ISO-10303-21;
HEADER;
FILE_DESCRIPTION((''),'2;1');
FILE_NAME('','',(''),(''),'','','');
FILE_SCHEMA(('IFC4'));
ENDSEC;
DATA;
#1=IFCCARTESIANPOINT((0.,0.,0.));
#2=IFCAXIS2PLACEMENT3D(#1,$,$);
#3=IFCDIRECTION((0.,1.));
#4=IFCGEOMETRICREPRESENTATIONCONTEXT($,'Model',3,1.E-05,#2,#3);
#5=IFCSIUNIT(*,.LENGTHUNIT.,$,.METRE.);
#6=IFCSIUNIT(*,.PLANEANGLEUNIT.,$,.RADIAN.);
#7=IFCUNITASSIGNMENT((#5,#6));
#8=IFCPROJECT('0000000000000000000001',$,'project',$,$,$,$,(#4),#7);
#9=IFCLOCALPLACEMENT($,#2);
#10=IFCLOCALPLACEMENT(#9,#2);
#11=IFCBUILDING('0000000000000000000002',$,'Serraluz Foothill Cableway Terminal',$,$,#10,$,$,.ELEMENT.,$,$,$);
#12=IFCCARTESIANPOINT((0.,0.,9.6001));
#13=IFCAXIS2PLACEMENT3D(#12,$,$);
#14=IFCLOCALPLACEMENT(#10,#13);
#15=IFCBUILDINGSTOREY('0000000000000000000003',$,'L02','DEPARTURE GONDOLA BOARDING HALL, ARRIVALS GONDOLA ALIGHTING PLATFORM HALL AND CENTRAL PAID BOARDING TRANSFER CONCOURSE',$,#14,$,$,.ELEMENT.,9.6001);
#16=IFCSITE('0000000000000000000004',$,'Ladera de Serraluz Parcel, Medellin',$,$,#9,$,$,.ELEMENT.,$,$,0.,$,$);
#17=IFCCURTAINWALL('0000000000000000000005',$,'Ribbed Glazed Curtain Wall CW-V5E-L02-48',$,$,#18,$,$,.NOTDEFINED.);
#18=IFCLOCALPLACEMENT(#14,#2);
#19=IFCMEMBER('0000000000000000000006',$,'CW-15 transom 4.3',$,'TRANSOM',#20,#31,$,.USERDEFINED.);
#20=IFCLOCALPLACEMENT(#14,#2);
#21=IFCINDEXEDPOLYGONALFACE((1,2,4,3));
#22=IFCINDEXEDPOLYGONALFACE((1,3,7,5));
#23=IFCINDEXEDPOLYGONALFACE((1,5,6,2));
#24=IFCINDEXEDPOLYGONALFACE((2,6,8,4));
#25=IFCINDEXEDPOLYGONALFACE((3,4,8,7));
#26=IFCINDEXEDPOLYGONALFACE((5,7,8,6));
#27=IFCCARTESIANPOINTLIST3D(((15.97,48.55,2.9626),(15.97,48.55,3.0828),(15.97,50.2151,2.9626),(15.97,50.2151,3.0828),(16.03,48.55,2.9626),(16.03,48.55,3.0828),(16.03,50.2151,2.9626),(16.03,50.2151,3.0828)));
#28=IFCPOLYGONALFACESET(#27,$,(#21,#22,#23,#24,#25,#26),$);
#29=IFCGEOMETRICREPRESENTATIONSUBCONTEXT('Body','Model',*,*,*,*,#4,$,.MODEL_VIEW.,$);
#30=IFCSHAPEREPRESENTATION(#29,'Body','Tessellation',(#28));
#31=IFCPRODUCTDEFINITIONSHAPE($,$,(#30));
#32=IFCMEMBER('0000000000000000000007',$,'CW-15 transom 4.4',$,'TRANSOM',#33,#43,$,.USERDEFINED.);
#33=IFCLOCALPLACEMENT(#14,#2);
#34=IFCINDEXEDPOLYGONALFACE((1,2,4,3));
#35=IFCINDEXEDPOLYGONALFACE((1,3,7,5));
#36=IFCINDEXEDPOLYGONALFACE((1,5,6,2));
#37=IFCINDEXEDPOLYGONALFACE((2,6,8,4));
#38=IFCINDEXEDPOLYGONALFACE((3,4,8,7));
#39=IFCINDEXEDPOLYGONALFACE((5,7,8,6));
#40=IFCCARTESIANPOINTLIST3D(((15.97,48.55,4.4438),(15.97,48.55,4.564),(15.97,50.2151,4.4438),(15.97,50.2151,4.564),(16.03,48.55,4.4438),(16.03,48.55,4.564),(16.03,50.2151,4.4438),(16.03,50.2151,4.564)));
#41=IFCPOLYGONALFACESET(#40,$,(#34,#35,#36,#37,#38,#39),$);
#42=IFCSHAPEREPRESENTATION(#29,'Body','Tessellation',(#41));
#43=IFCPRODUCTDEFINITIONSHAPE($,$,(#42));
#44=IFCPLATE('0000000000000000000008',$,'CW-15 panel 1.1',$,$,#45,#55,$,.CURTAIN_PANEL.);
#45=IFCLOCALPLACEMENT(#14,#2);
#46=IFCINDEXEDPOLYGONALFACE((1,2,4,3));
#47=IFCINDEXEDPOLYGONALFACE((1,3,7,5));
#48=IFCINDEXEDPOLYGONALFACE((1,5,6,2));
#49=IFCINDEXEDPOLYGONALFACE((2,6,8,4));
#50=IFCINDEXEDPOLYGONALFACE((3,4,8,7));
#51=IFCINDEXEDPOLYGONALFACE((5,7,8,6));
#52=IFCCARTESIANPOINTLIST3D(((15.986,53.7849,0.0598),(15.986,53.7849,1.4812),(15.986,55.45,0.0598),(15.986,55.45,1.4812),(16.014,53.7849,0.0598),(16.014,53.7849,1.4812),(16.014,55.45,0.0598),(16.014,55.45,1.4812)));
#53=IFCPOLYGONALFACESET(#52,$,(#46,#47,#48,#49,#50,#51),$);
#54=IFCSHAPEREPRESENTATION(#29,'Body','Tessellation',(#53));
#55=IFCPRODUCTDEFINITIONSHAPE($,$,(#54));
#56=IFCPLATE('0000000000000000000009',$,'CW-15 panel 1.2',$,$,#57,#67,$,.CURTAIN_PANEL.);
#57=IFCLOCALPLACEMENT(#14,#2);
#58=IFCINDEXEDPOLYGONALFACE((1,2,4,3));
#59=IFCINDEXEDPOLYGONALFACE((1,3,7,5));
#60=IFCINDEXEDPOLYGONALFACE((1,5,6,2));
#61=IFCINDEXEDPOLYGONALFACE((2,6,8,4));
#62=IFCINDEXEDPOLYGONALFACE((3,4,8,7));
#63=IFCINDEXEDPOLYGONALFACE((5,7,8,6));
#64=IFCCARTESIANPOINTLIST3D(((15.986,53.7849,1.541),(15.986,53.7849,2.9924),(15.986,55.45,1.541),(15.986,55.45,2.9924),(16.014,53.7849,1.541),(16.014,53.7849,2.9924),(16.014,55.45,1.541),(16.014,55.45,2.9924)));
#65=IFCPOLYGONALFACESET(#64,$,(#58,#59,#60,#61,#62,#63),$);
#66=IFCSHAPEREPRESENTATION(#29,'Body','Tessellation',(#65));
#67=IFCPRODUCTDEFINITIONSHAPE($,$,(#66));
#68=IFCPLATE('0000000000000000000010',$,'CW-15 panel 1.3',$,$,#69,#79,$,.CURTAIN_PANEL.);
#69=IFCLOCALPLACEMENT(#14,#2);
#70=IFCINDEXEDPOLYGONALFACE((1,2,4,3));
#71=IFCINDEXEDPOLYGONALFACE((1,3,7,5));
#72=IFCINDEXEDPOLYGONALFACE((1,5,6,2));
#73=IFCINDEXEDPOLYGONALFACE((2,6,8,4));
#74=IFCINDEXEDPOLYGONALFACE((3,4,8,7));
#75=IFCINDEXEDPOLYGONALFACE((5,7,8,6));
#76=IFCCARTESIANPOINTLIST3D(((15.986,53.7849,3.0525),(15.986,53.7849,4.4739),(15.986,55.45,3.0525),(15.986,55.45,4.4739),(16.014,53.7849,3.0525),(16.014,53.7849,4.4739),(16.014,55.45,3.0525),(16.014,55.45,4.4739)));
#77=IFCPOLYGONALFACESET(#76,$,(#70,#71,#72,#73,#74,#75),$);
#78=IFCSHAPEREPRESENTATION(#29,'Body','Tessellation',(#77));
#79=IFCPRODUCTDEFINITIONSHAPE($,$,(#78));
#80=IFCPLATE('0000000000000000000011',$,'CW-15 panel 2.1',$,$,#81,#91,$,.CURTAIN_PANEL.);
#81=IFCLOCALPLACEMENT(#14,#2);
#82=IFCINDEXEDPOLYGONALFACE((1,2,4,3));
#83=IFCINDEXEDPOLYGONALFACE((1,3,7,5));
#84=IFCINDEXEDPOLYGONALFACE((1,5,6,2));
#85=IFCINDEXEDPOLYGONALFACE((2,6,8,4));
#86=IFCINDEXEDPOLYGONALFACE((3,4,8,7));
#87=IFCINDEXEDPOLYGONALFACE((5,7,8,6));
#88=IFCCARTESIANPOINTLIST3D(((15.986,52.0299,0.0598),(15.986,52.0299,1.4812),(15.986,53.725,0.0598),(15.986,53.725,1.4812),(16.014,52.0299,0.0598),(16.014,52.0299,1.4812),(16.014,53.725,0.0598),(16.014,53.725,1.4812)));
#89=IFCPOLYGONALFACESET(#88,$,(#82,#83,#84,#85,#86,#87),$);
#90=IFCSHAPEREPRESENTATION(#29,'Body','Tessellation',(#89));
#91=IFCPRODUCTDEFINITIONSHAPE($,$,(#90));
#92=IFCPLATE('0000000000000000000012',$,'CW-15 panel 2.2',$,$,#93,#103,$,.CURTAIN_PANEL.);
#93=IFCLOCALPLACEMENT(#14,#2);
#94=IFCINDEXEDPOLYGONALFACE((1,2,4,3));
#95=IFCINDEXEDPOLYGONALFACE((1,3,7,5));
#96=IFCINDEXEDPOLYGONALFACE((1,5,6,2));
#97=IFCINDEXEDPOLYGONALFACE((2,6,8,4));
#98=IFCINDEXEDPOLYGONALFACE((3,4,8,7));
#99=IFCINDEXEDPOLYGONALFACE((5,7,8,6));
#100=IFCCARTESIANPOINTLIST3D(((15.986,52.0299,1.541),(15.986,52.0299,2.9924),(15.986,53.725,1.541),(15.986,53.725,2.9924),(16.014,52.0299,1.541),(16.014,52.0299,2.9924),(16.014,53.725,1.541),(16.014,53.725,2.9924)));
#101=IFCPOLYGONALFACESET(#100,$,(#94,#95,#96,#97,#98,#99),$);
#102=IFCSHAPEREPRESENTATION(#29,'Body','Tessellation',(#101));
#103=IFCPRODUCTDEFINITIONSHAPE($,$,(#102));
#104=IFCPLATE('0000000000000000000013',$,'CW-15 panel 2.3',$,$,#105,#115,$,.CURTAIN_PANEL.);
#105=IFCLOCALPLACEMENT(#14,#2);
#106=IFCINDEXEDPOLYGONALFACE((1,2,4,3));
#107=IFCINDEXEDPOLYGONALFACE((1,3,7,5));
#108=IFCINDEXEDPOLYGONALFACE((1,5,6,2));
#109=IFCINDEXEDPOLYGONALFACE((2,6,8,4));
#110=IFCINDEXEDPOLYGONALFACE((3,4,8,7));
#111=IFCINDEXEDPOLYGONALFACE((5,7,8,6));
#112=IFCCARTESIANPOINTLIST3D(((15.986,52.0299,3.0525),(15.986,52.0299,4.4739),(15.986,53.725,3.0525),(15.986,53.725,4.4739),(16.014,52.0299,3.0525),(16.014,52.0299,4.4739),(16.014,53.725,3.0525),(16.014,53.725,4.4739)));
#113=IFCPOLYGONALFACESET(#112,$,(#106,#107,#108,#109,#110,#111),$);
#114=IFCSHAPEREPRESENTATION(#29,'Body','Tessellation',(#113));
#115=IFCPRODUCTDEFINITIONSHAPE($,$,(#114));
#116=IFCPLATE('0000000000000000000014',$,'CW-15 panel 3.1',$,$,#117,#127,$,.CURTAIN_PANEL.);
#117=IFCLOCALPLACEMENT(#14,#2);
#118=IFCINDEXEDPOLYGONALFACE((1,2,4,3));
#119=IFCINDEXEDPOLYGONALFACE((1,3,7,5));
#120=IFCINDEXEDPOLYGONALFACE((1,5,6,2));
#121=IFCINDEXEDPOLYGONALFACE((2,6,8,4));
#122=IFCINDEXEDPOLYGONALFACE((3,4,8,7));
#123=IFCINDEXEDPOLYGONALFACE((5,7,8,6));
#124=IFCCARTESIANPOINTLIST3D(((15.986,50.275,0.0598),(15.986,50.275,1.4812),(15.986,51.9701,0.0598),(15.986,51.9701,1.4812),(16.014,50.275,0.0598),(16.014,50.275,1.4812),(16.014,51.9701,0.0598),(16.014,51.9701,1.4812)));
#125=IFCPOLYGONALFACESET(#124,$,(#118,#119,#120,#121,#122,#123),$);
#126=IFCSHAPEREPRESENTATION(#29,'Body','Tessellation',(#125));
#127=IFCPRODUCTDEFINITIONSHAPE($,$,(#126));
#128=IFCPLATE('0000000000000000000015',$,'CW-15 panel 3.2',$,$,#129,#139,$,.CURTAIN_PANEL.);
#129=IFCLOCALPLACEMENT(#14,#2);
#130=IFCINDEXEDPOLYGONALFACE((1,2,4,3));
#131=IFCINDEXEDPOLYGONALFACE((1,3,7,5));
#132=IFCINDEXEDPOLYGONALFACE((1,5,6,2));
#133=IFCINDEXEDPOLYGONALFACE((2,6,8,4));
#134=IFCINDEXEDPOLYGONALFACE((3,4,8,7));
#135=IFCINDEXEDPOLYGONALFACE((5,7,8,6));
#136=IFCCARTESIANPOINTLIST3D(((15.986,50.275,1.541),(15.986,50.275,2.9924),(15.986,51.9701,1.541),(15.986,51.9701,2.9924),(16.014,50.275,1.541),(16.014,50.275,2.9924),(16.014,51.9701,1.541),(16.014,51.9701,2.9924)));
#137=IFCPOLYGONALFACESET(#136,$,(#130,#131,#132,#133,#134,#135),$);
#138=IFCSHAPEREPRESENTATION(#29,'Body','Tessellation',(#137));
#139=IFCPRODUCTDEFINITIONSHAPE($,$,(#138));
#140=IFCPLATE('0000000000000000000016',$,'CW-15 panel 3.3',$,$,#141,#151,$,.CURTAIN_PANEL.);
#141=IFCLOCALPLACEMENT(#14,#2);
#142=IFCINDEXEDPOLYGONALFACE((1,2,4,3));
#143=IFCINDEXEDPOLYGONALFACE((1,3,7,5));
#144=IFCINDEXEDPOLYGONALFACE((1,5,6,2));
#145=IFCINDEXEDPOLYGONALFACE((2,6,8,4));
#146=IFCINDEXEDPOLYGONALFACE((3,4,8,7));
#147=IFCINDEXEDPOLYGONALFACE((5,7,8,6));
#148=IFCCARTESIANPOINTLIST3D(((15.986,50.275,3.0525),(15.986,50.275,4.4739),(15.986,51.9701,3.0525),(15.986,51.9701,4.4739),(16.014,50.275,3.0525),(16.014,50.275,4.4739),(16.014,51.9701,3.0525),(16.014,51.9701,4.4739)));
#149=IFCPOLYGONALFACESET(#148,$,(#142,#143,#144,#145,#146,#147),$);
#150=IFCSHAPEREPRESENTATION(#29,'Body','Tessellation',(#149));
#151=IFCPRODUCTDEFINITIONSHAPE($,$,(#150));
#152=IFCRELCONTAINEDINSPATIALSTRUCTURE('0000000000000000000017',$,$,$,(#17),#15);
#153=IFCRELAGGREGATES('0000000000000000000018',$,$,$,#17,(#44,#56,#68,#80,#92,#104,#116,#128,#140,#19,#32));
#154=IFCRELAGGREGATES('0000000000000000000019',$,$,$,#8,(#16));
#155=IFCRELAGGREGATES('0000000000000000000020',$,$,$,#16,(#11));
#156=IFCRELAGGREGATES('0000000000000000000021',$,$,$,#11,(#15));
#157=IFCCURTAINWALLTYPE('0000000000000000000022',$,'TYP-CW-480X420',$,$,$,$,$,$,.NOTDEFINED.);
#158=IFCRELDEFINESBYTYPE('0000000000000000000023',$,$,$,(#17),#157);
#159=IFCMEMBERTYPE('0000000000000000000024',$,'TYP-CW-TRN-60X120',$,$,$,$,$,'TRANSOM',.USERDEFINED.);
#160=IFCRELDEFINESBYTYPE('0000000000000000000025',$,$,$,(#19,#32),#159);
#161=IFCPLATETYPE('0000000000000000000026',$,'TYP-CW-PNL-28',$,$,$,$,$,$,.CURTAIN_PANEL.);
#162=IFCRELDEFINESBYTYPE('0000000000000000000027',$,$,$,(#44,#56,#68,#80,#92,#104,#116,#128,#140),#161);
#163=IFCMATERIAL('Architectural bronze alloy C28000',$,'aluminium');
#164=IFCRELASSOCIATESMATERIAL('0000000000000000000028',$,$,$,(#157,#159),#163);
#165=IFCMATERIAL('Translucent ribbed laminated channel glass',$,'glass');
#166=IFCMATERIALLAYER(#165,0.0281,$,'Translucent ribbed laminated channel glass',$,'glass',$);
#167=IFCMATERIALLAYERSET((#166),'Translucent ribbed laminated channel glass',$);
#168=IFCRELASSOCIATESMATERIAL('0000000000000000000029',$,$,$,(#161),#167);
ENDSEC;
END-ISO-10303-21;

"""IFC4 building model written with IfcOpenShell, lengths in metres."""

from ifc_helpers import new_model, si_unit, direction, frame, origin, origin_2d, place, context, subcontext, project, spatial, rectangle, extrude, material, layer, layer_set, material_profile, profile_set, type_object, element, aggregate, save


model = new_model("IFC4")

# Units and contexts
model_context = context("Model", 3, precision=1e-05, world=origin(), true_north=direction((0.0, 1.0)))
body_context = subcontext(model_context, "Body", "Model", "MODEL_VIEW")
ifc_project = project(units=[si_unit("LENGTHUNIT", "METRE"), si_unit("PLANEANGLEUNIT", "RADIAN")], contexts=[model_context])

# Site, building, storey
site_placement = place(None, origin())
site = spatial("IfcSite", under=ifc_project, at=site_placement, Name="Ladera de Serraluz Parcel, Medellin", CompositionType="ELEMENT", RefElevation=0.0)
building_placement = place(site_placement, origin())
building = spatial("IfcBuilding", under=site, at=building_placement, Name="Serraluz Foothill Cableway Terminal", CompositionType="ELEMENT")
storey_placement = place(building_placement, frame((0.0, 0.0, 9.6001)))
storey = spatial("IfcBuildingStorey", under=building, at=storey_placement, Name="L02", Description="DEPARTURE GONDOLA BOARDING HALL, ARRIVALS GONDOLA ALIGHTING PLATFORM HALL AND CENTRAL PAID BOARDING TRANSFER CONCOURSE", CompositionType="ELEMENT", Elevation=9.6001)

# Curtain wall, members, plates
ifc_material_1 = material(Name="Architectural bronze alloy C28000", Category="aluminium")
curtain_wall_type = type_object("IfcCurtainWallType", Name="TYP-CW-480X420", PredefinedType="NOTDEFINED", material=ifc_material_1)
curtain_wall_placement = place(storey_placement, origin())
curtain_wall = element("IfcCurtainWall", 1, at=curtain_wall_placement, inside=storey, type_object=curtain_wall_type, Name="Ribbed Glazed Curtain Wall CW-V5E-L02-48", PredefinedType="NOTDEFINED")
ifc_material_profile_1 = material_profile(ifc_material_1, rectangle(XDim=0.0601, YDim=0.1201, at=origin_2d()), Name="ALU TRANSOM 60x120")
ifc_profile_set_1 = profile_set([ifc_material_profile_1], Name="Architectural bronze alloy C28000")
member_type_1 = type_object("IfcMemberType", Name="TYP-CW-TRN-60X120", ElementType="TRANSOM", PredefinedType="USERDEFINED", material=ifc_profile_set_1)
member_1_placement = place(storey_placement, frame((16.0, 50.2151, 3.0227), z_axis=(0.0, -1.0, 0.0), x_axis=(1.0, 0.0, 0.0)))
member_1 = element("IfcMember", 2, at=member_1_placement, type_object=member_type_1, Name="CW-15 transom 4.3", ObjectType="TRANSOM", PredefinedType="USERDEFINED", context=body_context, shape_type="SweptSolid", body=[
    extrude(rectangle(XDim=0.0601, YDim=0.1201, at=origin_2d()), origin(), (0.0, 0.0, 1.0), 1.665),
])
member_2_placement = place(storey_placement, frame((16.0, 50.2151, 4.5039), z_axis=(0.0, -1.0, 0.0), x_axis=(1.0, 0.0, 0.0)))
member_2 = element("IfcMember", 3, at=member_2_placement, type_object=member_type_1, Name="CW-15 transom 4.4", ObjectType="TRANSOM", PredefinedType="USERDEFINED", context=body_context, shape_type="SweptSolid", body=[
    extrude(rectangle(XDim=0.0601, YDim=0.1201, at=origin_2d()), origin(), (0.0, 0.0, 1.0), 1.665),
])
ifc_material_2 = material(Name="Translucent ribbed laminated channel glass", Category="glass")
ifc_layer = layer(ifc_material_2, 0.0281, Name="Translucent ribbed laminated channel glass", Category="glass")
ifc_layer_set = layer_set([ifc_layer], Name="Translucent ribbed laminated channel glass")
plate_type = type_object("IfcPlateType", Name="TYP-CW-PNL-28", PredefinedType="CURTAIN_PANEL", material=ifc_layer_set)
plate_1_placement = place(storey_placement, frame((16.0, 54.6174, 0.0598), z_axis=(0.0, 0.0, 1.0), x_axis=(0.0, -1.0, 0.0)))
plate_1 = element("IfcPlate", 4, at=plate_1_placement, type_object=plate_type, Name="CW-15 panel 1.1", PredefinedType="CURTAIN_PANEL", context=body_context, shape_type="SweptSolid", body=[
    extrude(rectangle(XDim=1.665, YDim=0.0281, at=origin_2d()), origin(), (0.0, 0.0, 1.0), 1.4214),
])
plate_2_placement = place(storey_placement, frame((16.0, 54.6174, 1.541), z_axis=(0.0, 0.0, 1.0), x_axis=(0.0, -1.0, 0.0)))
plate_2 = element("IfcPlate", 5, at=plate_2_placement, type_object=plate_type, Name="CW-15 panel 1.2", PredefinedType="CURTAIN_PANEL", context=body_context, shape_type="SweptSolid", body=[
    extrude(rectangle(XDim=1.665, YDim=0.0281, at=origin_2d()), origin(), (0.0, 0.0, 1.0), 1.4514),
])
plate_3_placement = place(storey_placement, frame((16.0, 54.6174, 3.0525), z_axis=(0.0, 0.0, 1.0), x_axis=(0.0, -1.0, 0.0)))
plate_3 = element("IfcPlate", 6, at=plate_3_placement, type_object=plate_type, Name="CW-15 panel 1.3", PredefinedType="CURTAIN_PANEL", context=body_context, shape_type="SweptSolid", body=[
    extrude(rectangle(XDim=1.665, YDim=0.0281, at=origin_2d()), origin(), (0.0, 0.0, 1.0), 1.4214),
])
plate_4_placement = place(storey_placement, frame((16.0, 52.8774, 0.0598), z_axis=(0.0, 0.0, 1.0), x_axis=(0.0, -1.0, 0.0)))
plate_4 = element("IfcPlate", 7, at=plate_4_placement, type_object=plate_type, Name="CW-15 panel 2.1", PredefinedType="CURTAIN_PANEL", context=body_context, shape_type="SweptSolid", body=[
    extrude(rectangle(XDim=1.6951, YDim=0.0281, at=origin_2d()), origin(), (0.0, 0.0, 1.0), 1.4214),
])
plate_5_placement = place(storey_placement, frame((16.0, 52.8774, 1.541), z_axis=(0.0, 0.0, 1.0), x_axis=(0.0, -1.0, 0.0)))
plate_5 = element("IfcPlate", 8, at=plate_5_placement, type_object=plate_type, Name="CW-15 panel 2.2", PredefinedType="CURTAIN_PANEL", context=body_context, shape_type="SweptSolid", body=[
    extrude(rectangle(XDim=1.6951, YDim=0.0281, at=origin_2d()), origin(), (0.0, 0.0, 1.0), 1.4514),
])
plate_6_placement = place(storey_placement, frame((16.0, 52.8774, 3.0525), z_axis=(0.0, 0.0, 1.0), x_axis=(0.0, -1.0, 0.0)))
plate_6 = element("IfcPlate", 9, at=plate_6_placement, type_object=plate_type, Name="CW-15 panel 2.3", PredefinedType="CURTAIN_PANEL", context=body_context, shape_type="SweptSolid", body=[
    extrude(rectangle(XDim=1.6951, YDim=0.0281, at=origin_2d()), origin(), (0.0, 0.0, 1.0), 1.4214),
])
plate_7_placement = place(storey_placement, frame((16.0, 51.1226, 0.0598), z_axis=(0.0, 0.0, 1.0), x_axis=(0.0, -1.0, 0.0)))
plate_7 = element("IfcPlate", 10, at=plate_7_placement, type_object=plate_type, Name="CW-15 panel 3.1", PredefinedType="CURTAIN_PANEL", context=body_context, shape_type="SweptSolid", body=[
    extrude(rectangle(XDim=1.6951, YDim=0.0281, at=origin_2d()), origin(), (0.0, 0.0, 1.0), 1.4214),
])
plate_8_placement = place(storey_placement, frame((16.0, 51.1226, 1.541), z_axis=(0.0, 0.0, 1.0), x_axis=(0.0, -1.0, 0.0)))
plate_8 = element("IfcPlate", 11, at=plate_8_placement, type_object=plate_type, Name="CW-15 panel 3.2", PredefinedType="CURTAIN_PANEL", context=body_context, shape_type="SweptSolid", body=[
    extrude(rectangle(XDim=1.6951, YDim=0.0281, at=origin_2d()), origin(), (0.0, 0.0, 1.0), 1.4514),
])
plate_9_placement = place(storey_placement, frame((16.0, 51.1226, 3.0525), z_axis=(0.0, 0.0, 1.0), x_axis=(0.0, -1.0, 0.0)))
plate_9 = element("IfcPlate", 12, at=plate_9_placement, type_object=plate_type, Name="CW-15 panel 3.3", PredefinedType="CURTAIN_PANEL", context=body_context, shape_type="SweptSolid", body=[
    extrude(rectangle(XDim=1.6951, YDim=0.0281, at=origin_2d()), origin(), (0.0, 0.0, 1.0), 1.4214),
])
aggregate(curtain_wall, [plate_1, plate_2, plate_3, plate_4, plate_5, plate_6, plate_7, plate_8, plate_9, member_1, member_2])

save(model, "model.ifc")
